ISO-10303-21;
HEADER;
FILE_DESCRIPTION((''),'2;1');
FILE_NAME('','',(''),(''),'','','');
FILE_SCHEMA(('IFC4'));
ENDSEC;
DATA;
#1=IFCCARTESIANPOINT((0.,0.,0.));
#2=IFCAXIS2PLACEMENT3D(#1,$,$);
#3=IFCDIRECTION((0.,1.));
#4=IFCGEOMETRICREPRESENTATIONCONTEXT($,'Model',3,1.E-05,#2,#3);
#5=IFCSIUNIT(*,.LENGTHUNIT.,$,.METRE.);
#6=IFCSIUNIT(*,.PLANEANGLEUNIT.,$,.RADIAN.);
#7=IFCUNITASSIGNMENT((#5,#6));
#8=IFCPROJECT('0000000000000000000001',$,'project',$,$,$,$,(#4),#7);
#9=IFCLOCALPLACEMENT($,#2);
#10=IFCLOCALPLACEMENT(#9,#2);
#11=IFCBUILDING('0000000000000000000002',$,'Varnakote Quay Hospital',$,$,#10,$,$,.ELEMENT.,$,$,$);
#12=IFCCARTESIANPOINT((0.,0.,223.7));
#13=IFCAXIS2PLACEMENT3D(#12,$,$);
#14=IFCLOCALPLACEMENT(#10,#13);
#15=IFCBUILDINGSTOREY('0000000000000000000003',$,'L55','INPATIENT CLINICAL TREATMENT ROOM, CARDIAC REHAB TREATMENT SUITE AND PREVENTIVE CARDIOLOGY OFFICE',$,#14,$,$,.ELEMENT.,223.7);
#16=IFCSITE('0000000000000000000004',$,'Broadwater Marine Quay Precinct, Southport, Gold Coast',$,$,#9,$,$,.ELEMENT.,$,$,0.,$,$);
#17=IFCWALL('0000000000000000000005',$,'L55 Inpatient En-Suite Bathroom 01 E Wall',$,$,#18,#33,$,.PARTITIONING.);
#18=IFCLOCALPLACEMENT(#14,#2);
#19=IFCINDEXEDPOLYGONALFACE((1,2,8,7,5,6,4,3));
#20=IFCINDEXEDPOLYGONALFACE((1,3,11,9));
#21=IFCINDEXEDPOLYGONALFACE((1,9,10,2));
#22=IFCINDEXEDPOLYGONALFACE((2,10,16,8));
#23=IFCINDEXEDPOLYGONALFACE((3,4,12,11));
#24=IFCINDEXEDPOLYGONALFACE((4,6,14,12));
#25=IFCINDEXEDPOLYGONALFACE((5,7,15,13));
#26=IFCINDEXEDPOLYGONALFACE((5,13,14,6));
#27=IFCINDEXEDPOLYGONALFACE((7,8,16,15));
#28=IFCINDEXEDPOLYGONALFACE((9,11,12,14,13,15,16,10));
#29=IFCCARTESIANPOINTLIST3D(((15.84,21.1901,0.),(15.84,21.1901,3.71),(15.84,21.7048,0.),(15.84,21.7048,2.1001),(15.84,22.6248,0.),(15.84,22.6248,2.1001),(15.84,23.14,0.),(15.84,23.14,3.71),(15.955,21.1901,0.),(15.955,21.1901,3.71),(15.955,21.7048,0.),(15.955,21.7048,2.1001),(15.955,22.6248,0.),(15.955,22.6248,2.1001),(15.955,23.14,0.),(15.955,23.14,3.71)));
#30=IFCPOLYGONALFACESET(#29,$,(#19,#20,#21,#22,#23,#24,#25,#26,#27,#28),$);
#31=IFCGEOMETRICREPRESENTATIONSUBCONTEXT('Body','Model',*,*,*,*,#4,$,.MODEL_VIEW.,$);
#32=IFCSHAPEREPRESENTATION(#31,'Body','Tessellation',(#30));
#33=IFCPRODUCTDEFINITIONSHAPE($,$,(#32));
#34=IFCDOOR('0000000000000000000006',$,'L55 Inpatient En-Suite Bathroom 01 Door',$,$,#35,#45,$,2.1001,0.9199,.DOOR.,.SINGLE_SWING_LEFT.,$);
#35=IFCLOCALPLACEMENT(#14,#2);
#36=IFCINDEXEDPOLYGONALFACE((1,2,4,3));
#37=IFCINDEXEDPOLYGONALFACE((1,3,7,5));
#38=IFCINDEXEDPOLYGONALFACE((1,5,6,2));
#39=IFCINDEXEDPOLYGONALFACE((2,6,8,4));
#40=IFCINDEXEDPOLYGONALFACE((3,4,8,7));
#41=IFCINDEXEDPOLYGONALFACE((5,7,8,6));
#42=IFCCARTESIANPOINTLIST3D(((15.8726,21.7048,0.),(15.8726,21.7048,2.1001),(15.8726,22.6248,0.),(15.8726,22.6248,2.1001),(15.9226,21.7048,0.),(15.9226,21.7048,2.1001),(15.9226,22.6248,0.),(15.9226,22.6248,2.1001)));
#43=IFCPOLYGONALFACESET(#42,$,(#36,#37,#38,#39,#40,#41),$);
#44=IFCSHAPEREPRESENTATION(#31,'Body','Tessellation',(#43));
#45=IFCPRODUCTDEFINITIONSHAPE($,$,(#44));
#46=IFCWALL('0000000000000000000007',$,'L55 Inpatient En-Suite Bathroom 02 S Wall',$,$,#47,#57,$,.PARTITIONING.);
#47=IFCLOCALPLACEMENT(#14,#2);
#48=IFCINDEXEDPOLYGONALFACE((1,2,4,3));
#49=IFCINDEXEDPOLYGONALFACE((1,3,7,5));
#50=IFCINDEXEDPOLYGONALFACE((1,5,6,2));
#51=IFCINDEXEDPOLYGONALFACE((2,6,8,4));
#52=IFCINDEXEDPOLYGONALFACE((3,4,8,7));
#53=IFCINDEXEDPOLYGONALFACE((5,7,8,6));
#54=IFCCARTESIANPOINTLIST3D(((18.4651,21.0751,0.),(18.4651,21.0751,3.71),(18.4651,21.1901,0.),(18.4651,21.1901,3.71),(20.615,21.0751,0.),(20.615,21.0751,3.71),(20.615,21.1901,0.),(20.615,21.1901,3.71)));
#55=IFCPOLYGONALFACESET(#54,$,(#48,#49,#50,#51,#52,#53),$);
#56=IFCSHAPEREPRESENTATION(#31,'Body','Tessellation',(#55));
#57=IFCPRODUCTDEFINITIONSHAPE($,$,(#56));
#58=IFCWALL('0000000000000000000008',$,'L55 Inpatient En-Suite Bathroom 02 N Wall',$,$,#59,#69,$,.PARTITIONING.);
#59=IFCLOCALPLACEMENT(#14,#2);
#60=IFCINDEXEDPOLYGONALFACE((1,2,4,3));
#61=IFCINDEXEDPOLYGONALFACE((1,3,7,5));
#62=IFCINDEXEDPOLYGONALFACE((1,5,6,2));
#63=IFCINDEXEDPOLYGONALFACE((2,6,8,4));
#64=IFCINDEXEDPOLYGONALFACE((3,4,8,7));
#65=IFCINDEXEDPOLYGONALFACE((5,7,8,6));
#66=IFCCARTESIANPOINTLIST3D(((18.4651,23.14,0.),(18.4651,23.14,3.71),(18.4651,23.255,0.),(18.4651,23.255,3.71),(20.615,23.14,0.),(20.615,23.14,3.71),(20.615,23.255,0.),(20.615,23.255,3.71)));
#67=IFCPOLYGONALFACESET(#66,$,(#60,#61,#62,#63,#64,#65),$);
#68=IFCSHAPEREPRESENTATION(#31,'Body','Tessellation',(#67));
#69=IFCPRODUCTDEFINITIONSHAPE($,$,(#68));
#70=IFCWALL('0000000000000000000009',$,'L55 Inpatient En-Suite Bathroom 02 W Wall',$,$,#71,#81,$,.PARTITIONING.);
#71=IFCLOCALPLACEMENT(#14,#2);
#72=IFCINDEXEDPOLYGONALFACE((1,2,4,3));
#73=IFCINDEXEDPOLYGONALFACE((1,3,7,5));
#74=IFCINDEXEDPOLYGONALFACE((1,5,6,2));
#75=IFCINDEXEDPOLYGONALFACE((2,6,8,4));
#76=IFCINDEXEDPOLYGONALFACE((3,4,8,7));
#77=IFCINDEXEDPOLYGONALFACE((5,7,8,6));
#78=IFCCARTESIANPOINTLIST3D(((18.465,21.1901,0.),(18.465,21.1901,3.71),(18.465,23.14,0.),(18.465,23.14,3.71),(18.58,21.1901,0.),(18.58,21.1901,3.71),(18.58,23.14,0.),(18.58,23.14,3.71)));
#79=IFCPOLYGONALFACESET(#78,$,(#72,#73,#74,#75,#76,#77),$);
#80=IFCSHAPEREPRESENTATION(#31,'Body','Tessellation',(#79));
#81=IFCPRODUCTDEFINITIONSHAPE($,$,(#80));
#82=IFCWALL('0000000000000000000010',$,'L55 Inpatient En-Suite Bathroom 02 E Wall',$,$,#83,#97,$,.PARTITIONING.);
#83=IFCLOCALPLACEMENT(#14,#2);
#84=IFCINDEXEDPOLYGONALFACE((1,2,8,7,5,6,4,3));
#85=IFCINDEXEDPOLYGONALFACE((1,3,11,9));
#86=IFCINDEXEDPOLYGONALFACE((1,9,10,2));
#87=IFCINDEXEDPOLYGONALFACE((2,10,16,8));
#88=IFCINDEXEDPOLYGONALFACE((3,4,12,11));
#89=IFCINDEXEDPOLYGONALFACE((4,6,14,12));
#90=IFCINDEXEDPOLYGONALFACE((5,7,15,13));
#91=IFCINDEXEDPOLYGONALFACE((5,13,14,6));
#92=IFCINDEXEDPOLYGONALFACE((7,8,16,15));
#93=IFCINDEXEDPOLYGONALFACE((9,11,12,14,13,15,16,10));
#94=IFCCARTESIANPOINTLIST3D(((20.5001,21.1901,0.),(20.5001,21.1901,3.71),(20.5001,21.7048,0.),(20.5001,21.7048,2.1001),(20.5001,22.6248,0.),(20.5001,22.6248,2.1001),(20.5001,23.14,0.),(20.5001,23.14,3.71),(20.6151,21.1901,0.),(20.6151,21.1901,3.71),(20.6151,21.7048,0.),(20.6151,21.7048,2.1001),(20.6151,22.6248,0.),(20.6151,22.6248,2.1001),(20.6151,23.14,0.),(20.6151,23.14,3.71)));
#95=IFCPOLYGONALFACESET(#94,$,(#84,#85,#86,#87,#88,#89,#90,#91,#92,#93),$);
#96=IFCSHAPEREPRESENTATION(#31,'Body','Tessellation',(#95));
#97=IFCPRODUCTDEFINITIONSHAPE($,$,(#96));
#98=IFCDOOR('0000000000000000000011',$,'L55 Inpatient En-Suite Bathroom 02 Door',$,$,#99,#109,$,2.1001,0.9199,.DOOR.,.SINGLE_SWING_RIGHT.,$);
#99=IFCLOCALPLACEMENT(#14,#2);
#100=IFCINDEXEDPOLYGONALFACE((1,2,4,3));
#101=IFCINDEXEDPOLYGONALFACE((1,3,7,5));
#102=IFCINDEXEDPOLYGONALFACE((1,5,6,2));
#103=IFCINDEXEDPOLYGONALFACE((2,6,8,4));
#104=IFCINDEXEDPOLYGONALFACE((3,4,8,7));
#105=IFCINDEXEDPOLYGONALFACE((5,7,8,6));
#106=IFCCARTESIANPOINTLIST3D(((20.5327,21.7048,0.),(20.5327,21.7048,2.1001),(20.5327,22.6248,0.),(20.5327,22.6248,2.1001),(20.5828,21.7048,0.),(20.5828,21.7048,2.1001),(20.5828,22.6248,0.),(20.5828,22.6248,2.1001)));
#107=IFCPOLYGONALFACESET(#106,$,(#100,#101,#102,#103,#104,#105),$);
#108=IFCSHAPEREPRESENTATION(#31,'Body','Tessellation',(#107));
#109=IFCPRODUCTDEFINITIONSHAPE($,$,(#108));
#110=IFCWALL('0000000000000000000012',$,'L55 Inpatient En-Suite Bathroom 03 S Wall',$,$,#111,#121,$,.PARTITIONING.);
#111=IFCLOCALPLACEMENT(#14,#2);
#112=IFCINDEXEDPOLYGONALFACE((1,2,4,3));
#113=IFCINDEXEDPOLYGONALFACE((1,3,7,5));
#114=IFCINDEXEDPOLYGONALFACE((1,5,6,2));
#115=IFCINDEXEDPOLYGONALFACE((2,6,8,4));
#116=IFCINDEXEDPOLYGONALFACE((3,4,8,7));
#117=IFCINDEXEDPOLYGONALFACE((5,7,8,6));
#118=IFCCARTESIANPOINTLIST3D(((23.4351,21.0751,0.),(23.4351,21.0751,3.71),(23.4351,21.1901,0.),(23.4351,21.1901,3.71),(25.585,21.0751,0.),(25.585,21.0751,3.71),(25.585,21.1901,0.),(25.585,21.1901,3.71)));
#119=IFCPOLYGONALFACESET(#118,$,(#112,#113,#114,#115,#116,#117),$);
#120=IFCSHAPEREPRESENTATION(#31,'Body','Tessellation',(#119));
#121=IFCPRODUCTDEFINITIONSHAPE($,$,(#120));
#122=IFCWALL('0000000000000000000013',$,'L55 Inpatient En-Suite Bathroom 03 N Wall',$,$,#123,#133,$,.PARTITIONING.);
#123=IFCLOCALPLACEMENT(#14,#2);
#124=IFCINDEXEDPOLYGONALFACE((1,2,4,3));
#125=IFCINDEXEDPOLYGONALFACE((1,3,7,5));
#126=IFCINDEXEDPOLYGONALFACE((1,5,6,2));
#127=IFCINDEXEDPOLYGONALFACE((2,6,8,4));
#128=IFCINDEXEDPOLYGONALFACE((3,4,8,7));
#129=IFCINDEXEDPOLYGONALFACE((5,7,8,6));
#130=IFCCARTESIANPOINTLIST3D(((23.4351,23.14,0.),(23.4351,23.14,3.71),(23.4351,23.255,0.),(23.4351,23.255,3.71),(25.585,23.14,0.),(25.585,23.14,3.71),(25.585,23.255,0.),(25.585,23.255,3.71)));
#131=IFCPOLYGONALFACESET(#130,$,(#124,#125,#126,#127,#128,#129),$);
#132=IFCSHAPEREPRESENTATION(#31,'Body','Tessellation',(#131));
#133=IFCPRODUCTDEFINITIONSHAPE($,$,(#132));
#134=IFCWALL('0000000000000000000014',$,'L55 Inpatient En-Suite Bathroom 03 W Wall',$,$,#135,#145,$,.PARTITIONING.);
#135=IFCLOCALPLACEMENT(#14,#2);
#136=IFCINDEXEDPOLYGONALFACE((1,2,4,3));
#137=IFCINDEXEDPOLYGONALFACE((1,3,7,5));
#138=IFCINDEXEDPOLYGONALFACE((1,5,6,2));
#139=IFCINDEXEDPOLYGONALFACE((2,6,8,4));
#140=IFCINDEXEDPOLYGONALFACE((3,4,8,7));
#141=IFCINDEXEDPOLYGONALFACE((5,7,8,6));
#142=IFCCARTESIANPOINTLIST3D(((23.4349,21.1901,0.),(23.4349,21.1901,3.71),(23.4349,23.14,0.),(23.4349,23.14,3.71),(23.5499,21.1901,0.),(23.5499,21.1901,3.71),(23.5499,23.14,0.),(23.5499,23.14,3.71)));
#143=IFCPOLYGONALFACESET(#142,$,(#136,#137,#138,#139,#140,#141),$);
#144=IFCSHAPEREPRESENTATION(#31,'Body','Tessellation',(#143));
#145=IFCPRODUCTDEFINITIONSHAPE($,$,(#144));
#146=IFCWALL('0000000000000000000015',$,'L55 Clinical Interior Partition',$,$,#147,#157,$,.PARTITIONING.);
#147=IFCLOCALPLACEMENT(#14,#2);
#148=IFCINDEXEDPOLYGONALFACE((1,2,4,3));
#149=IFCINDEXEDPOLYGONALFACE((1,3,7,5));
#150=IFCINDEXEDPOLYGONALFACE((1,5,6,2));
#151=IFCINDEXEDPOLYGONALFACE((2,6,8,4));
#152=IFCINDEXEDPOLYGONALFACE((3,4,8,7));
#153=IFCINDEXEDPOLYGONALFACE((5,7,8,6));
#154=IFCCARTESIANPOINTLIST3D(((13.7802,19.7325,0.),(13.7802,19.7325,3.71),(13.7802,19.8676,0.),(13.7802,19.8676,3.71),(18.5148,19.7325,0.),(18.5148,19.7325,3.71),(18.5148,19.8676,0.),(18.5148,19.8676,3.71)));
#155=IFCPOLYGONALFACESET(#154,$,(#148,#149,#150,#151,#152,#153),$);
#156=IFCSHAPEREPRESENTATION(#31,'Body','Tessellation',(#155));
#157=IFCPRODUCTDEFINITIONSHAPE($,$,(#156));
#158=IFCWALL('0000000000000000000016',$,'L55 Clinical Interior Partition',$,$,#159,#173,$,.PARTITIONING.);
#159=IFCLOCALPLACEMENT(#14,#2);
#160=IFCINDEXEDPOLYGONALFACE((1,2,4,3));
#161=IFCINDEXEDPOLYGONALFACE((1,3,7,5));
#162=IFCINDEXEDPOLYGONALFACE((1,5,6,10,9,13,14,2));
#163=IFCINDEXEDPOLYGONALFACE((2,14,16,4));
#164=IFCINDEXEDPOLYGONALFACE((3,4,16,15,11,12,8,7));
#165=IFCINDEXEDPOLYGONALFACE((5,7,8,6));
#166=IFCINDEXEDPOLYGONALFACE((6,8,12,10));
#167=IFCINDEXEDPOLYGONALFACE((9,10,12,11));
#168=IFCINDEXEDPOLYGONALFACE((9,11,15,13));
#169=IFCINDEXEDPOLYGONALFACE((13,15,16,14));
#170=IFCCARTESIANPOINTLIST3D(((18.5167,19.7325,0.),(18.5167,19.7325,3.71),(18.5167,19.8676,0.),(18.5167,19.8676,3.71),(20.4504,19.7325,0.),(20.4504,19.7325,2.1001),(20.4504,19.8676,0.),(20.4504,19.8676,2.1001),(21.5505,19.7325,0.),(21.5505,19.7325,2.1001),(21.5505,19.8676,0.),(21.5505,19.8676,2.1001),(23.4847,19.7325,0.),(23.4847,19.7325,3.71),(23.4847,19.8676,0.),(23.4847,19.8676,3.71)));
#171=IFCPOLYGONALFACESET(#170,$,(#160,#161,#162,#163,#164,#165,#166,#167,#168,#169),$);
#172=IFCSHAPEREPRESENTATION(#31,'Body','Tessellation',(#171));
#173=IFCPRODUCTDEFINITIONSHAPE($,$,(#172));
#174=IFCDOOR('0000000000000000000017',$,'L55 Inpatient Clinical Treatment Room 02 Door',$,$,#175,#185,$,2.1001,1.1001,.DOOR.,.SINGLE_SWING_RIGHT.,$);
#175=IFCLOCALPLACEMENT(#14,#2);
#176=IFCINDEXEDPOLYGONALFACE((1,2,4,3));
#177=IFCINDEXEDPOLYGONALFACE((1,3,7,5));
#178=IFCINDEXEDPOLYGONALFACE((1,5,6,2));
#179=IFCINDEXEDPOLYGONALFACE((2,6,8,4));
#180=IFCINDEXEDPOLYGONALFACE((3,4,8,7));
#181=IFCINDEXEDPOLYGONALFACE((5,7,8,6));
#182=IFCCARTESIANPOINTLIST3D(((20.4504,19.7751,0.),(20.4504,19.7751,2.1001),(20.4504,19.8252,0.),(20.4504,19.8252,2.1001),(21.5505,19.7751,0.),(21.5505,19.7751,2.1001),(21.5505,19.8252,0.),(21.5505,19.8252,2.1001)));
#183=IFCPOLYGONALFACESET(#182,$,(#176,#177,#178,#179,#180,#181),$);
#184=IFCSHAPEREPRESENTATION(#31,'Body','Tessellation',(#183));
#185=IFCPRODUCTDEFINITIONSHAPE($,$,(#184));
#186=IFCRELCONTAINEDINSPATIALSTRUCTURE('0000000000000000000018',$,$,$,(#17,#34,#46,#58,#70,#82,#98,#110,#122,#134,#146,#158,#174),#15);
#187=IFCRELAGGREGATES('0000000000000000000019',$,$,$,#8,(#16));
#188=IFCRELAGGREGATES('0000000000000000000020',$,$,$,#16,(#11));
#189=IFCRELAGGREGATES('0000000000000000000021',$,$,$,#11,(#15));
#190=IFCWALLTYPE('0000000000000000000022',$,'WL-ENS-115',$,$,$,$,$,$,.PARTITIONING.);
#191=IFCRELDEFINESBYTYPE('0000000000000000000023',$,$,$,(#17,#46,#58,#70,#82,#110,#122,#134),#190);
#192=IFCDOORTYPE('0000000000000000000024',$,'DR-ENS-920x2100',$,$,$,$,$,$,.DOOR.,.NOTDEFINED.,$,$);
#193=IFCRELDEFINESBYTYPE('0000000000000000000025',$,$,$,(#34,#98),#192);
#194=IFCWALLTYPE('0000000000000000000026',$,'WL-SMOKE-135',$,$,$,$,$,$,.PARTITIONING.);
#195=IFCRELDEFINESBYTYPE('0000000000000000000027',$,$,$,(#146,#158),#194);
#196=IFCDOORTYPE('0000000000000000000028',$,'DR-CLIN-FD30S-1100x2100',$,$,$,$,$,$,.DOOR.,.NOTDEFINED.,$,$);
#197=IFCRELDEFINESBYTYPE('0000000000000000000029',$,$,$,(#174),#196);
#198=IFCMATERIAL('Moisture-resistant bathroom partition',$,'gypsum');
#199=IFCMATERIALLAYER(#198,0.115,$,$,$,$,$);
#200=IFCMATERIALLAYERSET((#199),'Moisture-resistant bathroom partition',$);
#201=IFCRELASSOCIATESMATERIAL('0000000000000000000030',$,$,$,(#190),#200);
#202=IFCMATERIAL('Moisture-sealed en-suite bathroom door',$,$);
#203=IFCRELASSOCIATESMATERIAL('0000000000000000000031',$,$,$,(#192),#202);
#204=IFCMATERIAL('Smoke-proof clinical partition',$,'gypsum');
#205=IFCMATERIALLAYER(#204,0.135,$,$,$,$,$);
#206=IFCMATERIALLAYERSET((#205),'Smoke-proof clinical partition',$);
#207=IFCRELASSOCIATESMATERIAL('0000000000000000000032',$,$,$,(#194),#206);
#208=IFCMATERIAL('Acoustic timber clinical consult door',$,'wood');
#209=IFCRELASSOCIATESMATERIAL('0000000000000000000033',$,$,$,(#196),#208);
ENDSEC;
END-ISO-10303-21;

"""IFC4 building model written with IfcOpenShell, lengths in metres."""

from ifc_helpers import new_model, si_unit, direction, frame, frame_2d, origin, place, context, subcontext, project, spatial, rectangle, extrude, material, layer, layer_set, type_object, element, fill, save


model = new_model("IFC4")

# Units and contexts
model_context = context("Model", 3, precision=1e-05, world=origin(), true_north=direction((0.0, 1.0)))
body_context = subcontext(model_context, "Body", "Model", "MODEL_VIEW")
ifc_project = project(units=[si_unit("LENGTHUNIT", "METRE"), si_unit("PLANEANGLEUNIT", "RADIAN")], contexts=[model_context])

# Site, building, storey
site_placement = place(None, origin())
site = spatial("IfcSite", under=ifc_project, at=site_placement, Name="Broadwater Marine Quay Precinct, Southport, Gold Coast", CompositionType="ELEMENT", RefElevation=0.0)
building_placement = place(site_placement, origin())
building = spatial("IfcBuilding", under=site, at=building_placement, Name="Varnakote Quay Hospital", CompositionType="ELEMENT")
storey_placement = place(building_placement, frame((0.0, 0.0, 223.7)))
storey = spatial("IfcBuildingStorey", under=building, at=storey_placement, Name="L55", Description="INPATIENT CLINICAL TREATMENT ROOM, CARDIAC REHAB TREATMENT SUITE AND PREVENTIVE CARDIOLOGY OFFICE", CompositionType="ELEMENT", Elevation=223.7)

# Wall, opening, door
ifc_material_1 = material(Name="Moisture-resistant bathroom partition", Category="gypsum")
ifc_layer_1 = layer(ifc_material_1, 0.115)
ifc_layer_set_1 = layer_set([ifc_layer_1], Name="Moisture-resistant bathroom partition")
wall_type_1 = type_object("IfcWallType", Name="WL-ENS-115", PredefinedType="PARTITIONING", material=ifc_layer_set_1)
wall_1_placement = place(storey_placement, frame((15.8975, 21.1899, 0.0), z_axis=(0.0, 0.0, 1.0), x_axis=(0.0, 1.0, 0.0)))
wall_1 = element("IfcWall", 1, at=wall_1_placement, inside=storey, type_object=wall_type_1, Name="L55 Inpatient En-Suite Bathroom 01 E Wall", PredefinedType="PARTITIONING", context=body_context, shape_type="SweptSolid", body=[
    extrude(rectangle(XDim=1.95, YDim=0.115, at=frame_2d((0.9751, 0.0))), origin(), (0.0, 0.0, 1.0), 3.71),
])
opening_1_placement = place(wall_1_placement, frame((0.5149, 0.0, 0.0)))
opening_1 = element("IfcOpeningElement", 2, at=opening_1_placement, cuts=wall_1, PredefinedType="OPENING", context=body_context, shape_type="SweptSolid", body=[
    extrude(rectangle(XDim=0.9199, YDim=2.1001, at=frame_2d((0.46, 1.05))), frame((0.0, 0.0674, 0.0), z_axis=(0.0, -1.0, 0.0), x_axis=(1.0, 0.0, 0.0)), (0.0, 0.0, 1.0), 0.135),
])
ifc_material_2 = material(Name="Moisture-sealed en-suite bathroom door")
door_type_1 = type_object("IfcDoorType", Name="DR-ENS-920x2100", OperationType="NOTDEFINED", PredefinedType="DOOR", material=ifc_material_2)
door_1_placement = place(opening_1_placement, origin())
door_1 = element("IfcDoor", 3, at=door_1_placement, inside=storey, type_object=door_type_1, Name="L55 Inpatient En-Suite Bathroom 01 Door", OperationType="SINGLE_SWING_LEFT", OverallHeight=2.1001, OverallWidth=0.9199, PredefinedType="DOOR", context=body_context, shape_type="SweptSolid", body=[
    extrude(rectangle(XDim=0.9199, YDim=2.1001, at=frame_2d((0.46, 1.05))), frame((0.0, 0.0249, 0.0), z_axis=(0.0, -1.0, 0.0), x_axis=(1.0, 0.0, 0.0)), (0.0, 0.0, 1.0), 0.05),
])
fill(opening_1, door_1)

# Walls
for number, where, z_axis, x_axis, name in (
    (4, (18.4651, 21.1326, 0.0), (0.0, 0.0, 1.0), (1.0, 0.0, 0.0), "L55 Inpatient En-Suite Bathroom 02 S Wall"),
    (5, (18.4651, 23.1975, 0.0), (0.0, 0.0, 1.0), (1.0, 0.0, 0.0), "L55 Inpatient En-Suite Bathroom 02 N Wall"),
):
    element("IfcWall", number, at=place(storey_placement, frame(where, z_axis=z_axis, x_axis=x_axis)), inside=storey, type_object=wall_type_1, Name=name, PredefinedType="PARTITIONING", context=body_context, shape_type="SweptSolid", body=[
        extrude(rectangle(XDim=2.1499, YDim=0.115, at=frame_2d((1.075, 0.0))), origin(), (0.0, 0.0, 1.0), 3.71),
    ])
wall_2_placement = place(storey_placement, frame((18.5225, 21.1899, 0.0), z_axis=(0.0, 0.0, 1.0), x_axis=(0.0, 1.0, 0.0)))
element("IfcWall", 6, at=wall_2_placement, inside=storey, type_object=wall_type_1, Name="L55 Inpatient En-Suite Bathroom 02 W Wall", PredefinedType="PARTITIONING", context=body_context, shape_type="SweptSolid", body=[
    extrude(rectangle(XDim=1.95, YDim=0.115, at=frame_2d((0.9751, 0.0))), origin(), (0.0, 0.0, 1.0), 3.71),
])

# Wall, opening, door
wall_3_placement = place(storey_placement, frame((20.5576, 21.1899, 0.0), z_axis=(0.0, 0.0, 1.0), x_axis=(0.0, 1.0, 0.0)))
wall_3 = element("IfcWall", 7, at=wall_3_placement, inside=storey, type_object=wall_type_1, Name="L55 Inpatient En-Suite Bathroom 02 E Wall", PredefinedType="PARTITIONING", context=body_context, shape_type="SweptSolid", body=[
    extrude(rectangle(XDim=1.95, YDim=0.115, at=frame_2d((0.9751, 0.0))), origin(), (0.0, 0.0, 1.0), 3.71),
])
opening_2_placement = place(wall_3_placement, frame((0.5149, 0.0, 0.0)))
opening_2 = element("IfcOpeningElement", 8, at=opening_2_placement, cuts=wall_3, PredefinedType="OPENING", context=body_context, shape_type="SweptSolid", body=[
    extrude(rectangle(XDim=0.9199, YDim=2.1001, at=frame_2d((0.46, 1.05))), frame((0.0, 0.0674, 0.0), z_axis=(0.0, -1.0, 0.0), x_axis=(1.0, 0.0, 0.0)), (0.0, 0.0, 1.0), 0.135),
])
door_2_placement = place(opening_2_placement, origin())
door_2 = element("IfcDoor", 9, at=door_2_placement, inside=storey, type_object=door_type_1, Name="L55 Inpatient En-Suite Bathroom 02 Door", OperationType="SINGLE_SWING_RIGHT", OverallHeight=2.1001, OverallWidth=0.9199, PredefinedType="DOOR", context=body_context, shape_type="SweptSolid", body=[
    extrude(rectangle(XDim=0.9199, YDim=2.1001, at=frame_2d((0.46, 1.05))), frame((0.0, 0.0249, 0.0), z_axis=(0.0, -1.0, 0.0), x_axis=(1.0, 0.0, 0.0)), (0.0, 0.0, 1.0), 0.05),
])
fill(opening_2, door_2)

# Walls
for number, where, z_axis, x_axis, name in (
    (10, (23.4351, 21.1326, 0.0), (0.0, 0.0, 1.0), (1.0, 0.0, 0.0), "L55 Inpatient En-Suite Bathroom 03 S Wall"),
    (11, (23.4351, 23.1975, 0.0), (0.0, 0.0, 1.0), (1.0, 0.0, 0.0), "L55 Inpatient En-Suite Bathroom 03 N Wall"),
):
    element("IfcWall", number, at=place(storey_placement, frame(where, z_axis=z_axis, x_axis=x_axis)), inside=storey, type_object=wall_type_1, Name=name, PredefinedType="PARTITIONING", context=body_context, shape_type="SweptSolid", body=[
        extrude(rectangle(XDim=2.1499, YDim=0.115, at=frame_2d((1.075, 0.0))), origin(), (0.0, 0.0, 1.0), 3.71),
    ])
wall_4_placement = place(storey_placement, frame((23.4924, 21.1899, 0.0), z_axis=(0.0, 0.0, 1.0), x_axis=(0.0, 1.0, 0.0)))
element("IfcWall", 12, at=wall_4_placement, inside=storey, type_object=wall_type_1, Name="L55 Inpatient En-Suite Bathroom 03 W Wall", PredefinedType="PARTITIONING", context=body_context, shape_type="SweptSolid", body=[
    extrude(rectangle(XDim=1.95, YDim=0.115, at=frame_2d((0.9751, 0.0))), origin(), (0.0, 0.0, 1.0), 3.71),
])
ifc_material_3 = material(Name="Smoke-proof clinical partition", Category="gypsum")
ifc_layer_2 = layer(ifc_material_3, 0.135)
ifc_layer_set_2 = layer_set([ifc_layer_2], Name="Smoke-proof clinical partition")
wall_type_2 = type_object("IfcWallType", Name="WL-SMOKE-135", PredefinedType="PARTITIONING", material=ifc_layer_set_2)
wall_5_placement = place(storey_placement, frame((18.5146, 19.8, 0.0), z_axis=(0.0, 0.0, 1.0), x_axis=(-1.0, 0.0, 0.0)))
element("IfcWall", 13, at=wall_5_placement, inside=storey, type_object=wall_type_2, Name="L55 Clinical Interior Partition", PredefinedType="PARTITIONING", context=body_context, shape_type="SweptSolid", body=[
    extrude(rectangle(XDim=4.7346, YDim=0.135, at=frame_2d((2.3672, 0.0))), origin(), (0.0, 0.0, 1.0), 3.71),
])

# Wall, opening, door
wall_6_placement = place(storey_placement, frame((23.4846, 19.8, 0.0), z_axis=(0.0, 0.0, 1.0), x_axis=(-1.0, 0.0, 0.0)))
wall_6 = element("IfcWall", 14, at=wall_6_placement, inside=storey, type_object=wall_type_2, Name="L55 Clinical Interior Partition", PredefinedType="PARTITIONING", context=body_context, shape_type="SweptSolid", body=[
    extrude(rectangle(XDim=4.968, YDim=0.135, at=frame_2d((2.4839, 0.0))), origin(), (0.0, 0.0, 1.0), 3.71),
])
opening_3_placement = place(wall_6_placement, frame((1.9341, 0.0, 0.0)))
opening_3 = element("IfcOpeningElement", 15, at=opening_3_placement, cuts=wall_6, PredefinedType="OPENING", context=body_context, shape_type="SweptSolid", body=[
    extrude(rectangle(XDim=1.1001, YDim=2.1001, at=frame_2d((0.55, 1.05))), frame((0.0, 0.0774, 0.0), z_axis=(0.0, -1.0, 0.0), x_axis=(1.0, 0.0, 0.0)), (0.0, 0.0, 1.0), 0.155),
])
ifc_material_4 = material(Name="Acoustic timber clinical consult door", Category="wood")
door_type_2 = type_object("IfcDoorType", Name="DR-CLIN-FD30S-1100x2100", OperationType="NOTDEFINED", PredefinedType="DOOR", material=ifc_material_4)
door_3_placement = place(opening_3_placement, origin())
door_3 = element("IfcDoor", 16, at=door_3_placement, inside=storey, type_object=door_type_2, Name="L55 Inpatient Clinical Treatment Room 02 Door", OperationType="SINGLE_SWING_RIGHT", OverallHeight=2.1001, OverallWidth=1.1001, PredefinedType="DOOR", context=body_context, shape_type="SweptSolid", body=[
    extrude(rectangle(XDim=1.1001, YDim=2.1001, at=frame_2d((0.55, 1.05))), frame((0.0, 0.0249, 0.0), z_axis=(0.0, -1.0, 0.0), x_axis=(1.0, 0.0, 0.0)), (0.0, 0.0, 1.0), 0.05),
])
fill(opening_3, door_3)

save(model, "model.ifc")
